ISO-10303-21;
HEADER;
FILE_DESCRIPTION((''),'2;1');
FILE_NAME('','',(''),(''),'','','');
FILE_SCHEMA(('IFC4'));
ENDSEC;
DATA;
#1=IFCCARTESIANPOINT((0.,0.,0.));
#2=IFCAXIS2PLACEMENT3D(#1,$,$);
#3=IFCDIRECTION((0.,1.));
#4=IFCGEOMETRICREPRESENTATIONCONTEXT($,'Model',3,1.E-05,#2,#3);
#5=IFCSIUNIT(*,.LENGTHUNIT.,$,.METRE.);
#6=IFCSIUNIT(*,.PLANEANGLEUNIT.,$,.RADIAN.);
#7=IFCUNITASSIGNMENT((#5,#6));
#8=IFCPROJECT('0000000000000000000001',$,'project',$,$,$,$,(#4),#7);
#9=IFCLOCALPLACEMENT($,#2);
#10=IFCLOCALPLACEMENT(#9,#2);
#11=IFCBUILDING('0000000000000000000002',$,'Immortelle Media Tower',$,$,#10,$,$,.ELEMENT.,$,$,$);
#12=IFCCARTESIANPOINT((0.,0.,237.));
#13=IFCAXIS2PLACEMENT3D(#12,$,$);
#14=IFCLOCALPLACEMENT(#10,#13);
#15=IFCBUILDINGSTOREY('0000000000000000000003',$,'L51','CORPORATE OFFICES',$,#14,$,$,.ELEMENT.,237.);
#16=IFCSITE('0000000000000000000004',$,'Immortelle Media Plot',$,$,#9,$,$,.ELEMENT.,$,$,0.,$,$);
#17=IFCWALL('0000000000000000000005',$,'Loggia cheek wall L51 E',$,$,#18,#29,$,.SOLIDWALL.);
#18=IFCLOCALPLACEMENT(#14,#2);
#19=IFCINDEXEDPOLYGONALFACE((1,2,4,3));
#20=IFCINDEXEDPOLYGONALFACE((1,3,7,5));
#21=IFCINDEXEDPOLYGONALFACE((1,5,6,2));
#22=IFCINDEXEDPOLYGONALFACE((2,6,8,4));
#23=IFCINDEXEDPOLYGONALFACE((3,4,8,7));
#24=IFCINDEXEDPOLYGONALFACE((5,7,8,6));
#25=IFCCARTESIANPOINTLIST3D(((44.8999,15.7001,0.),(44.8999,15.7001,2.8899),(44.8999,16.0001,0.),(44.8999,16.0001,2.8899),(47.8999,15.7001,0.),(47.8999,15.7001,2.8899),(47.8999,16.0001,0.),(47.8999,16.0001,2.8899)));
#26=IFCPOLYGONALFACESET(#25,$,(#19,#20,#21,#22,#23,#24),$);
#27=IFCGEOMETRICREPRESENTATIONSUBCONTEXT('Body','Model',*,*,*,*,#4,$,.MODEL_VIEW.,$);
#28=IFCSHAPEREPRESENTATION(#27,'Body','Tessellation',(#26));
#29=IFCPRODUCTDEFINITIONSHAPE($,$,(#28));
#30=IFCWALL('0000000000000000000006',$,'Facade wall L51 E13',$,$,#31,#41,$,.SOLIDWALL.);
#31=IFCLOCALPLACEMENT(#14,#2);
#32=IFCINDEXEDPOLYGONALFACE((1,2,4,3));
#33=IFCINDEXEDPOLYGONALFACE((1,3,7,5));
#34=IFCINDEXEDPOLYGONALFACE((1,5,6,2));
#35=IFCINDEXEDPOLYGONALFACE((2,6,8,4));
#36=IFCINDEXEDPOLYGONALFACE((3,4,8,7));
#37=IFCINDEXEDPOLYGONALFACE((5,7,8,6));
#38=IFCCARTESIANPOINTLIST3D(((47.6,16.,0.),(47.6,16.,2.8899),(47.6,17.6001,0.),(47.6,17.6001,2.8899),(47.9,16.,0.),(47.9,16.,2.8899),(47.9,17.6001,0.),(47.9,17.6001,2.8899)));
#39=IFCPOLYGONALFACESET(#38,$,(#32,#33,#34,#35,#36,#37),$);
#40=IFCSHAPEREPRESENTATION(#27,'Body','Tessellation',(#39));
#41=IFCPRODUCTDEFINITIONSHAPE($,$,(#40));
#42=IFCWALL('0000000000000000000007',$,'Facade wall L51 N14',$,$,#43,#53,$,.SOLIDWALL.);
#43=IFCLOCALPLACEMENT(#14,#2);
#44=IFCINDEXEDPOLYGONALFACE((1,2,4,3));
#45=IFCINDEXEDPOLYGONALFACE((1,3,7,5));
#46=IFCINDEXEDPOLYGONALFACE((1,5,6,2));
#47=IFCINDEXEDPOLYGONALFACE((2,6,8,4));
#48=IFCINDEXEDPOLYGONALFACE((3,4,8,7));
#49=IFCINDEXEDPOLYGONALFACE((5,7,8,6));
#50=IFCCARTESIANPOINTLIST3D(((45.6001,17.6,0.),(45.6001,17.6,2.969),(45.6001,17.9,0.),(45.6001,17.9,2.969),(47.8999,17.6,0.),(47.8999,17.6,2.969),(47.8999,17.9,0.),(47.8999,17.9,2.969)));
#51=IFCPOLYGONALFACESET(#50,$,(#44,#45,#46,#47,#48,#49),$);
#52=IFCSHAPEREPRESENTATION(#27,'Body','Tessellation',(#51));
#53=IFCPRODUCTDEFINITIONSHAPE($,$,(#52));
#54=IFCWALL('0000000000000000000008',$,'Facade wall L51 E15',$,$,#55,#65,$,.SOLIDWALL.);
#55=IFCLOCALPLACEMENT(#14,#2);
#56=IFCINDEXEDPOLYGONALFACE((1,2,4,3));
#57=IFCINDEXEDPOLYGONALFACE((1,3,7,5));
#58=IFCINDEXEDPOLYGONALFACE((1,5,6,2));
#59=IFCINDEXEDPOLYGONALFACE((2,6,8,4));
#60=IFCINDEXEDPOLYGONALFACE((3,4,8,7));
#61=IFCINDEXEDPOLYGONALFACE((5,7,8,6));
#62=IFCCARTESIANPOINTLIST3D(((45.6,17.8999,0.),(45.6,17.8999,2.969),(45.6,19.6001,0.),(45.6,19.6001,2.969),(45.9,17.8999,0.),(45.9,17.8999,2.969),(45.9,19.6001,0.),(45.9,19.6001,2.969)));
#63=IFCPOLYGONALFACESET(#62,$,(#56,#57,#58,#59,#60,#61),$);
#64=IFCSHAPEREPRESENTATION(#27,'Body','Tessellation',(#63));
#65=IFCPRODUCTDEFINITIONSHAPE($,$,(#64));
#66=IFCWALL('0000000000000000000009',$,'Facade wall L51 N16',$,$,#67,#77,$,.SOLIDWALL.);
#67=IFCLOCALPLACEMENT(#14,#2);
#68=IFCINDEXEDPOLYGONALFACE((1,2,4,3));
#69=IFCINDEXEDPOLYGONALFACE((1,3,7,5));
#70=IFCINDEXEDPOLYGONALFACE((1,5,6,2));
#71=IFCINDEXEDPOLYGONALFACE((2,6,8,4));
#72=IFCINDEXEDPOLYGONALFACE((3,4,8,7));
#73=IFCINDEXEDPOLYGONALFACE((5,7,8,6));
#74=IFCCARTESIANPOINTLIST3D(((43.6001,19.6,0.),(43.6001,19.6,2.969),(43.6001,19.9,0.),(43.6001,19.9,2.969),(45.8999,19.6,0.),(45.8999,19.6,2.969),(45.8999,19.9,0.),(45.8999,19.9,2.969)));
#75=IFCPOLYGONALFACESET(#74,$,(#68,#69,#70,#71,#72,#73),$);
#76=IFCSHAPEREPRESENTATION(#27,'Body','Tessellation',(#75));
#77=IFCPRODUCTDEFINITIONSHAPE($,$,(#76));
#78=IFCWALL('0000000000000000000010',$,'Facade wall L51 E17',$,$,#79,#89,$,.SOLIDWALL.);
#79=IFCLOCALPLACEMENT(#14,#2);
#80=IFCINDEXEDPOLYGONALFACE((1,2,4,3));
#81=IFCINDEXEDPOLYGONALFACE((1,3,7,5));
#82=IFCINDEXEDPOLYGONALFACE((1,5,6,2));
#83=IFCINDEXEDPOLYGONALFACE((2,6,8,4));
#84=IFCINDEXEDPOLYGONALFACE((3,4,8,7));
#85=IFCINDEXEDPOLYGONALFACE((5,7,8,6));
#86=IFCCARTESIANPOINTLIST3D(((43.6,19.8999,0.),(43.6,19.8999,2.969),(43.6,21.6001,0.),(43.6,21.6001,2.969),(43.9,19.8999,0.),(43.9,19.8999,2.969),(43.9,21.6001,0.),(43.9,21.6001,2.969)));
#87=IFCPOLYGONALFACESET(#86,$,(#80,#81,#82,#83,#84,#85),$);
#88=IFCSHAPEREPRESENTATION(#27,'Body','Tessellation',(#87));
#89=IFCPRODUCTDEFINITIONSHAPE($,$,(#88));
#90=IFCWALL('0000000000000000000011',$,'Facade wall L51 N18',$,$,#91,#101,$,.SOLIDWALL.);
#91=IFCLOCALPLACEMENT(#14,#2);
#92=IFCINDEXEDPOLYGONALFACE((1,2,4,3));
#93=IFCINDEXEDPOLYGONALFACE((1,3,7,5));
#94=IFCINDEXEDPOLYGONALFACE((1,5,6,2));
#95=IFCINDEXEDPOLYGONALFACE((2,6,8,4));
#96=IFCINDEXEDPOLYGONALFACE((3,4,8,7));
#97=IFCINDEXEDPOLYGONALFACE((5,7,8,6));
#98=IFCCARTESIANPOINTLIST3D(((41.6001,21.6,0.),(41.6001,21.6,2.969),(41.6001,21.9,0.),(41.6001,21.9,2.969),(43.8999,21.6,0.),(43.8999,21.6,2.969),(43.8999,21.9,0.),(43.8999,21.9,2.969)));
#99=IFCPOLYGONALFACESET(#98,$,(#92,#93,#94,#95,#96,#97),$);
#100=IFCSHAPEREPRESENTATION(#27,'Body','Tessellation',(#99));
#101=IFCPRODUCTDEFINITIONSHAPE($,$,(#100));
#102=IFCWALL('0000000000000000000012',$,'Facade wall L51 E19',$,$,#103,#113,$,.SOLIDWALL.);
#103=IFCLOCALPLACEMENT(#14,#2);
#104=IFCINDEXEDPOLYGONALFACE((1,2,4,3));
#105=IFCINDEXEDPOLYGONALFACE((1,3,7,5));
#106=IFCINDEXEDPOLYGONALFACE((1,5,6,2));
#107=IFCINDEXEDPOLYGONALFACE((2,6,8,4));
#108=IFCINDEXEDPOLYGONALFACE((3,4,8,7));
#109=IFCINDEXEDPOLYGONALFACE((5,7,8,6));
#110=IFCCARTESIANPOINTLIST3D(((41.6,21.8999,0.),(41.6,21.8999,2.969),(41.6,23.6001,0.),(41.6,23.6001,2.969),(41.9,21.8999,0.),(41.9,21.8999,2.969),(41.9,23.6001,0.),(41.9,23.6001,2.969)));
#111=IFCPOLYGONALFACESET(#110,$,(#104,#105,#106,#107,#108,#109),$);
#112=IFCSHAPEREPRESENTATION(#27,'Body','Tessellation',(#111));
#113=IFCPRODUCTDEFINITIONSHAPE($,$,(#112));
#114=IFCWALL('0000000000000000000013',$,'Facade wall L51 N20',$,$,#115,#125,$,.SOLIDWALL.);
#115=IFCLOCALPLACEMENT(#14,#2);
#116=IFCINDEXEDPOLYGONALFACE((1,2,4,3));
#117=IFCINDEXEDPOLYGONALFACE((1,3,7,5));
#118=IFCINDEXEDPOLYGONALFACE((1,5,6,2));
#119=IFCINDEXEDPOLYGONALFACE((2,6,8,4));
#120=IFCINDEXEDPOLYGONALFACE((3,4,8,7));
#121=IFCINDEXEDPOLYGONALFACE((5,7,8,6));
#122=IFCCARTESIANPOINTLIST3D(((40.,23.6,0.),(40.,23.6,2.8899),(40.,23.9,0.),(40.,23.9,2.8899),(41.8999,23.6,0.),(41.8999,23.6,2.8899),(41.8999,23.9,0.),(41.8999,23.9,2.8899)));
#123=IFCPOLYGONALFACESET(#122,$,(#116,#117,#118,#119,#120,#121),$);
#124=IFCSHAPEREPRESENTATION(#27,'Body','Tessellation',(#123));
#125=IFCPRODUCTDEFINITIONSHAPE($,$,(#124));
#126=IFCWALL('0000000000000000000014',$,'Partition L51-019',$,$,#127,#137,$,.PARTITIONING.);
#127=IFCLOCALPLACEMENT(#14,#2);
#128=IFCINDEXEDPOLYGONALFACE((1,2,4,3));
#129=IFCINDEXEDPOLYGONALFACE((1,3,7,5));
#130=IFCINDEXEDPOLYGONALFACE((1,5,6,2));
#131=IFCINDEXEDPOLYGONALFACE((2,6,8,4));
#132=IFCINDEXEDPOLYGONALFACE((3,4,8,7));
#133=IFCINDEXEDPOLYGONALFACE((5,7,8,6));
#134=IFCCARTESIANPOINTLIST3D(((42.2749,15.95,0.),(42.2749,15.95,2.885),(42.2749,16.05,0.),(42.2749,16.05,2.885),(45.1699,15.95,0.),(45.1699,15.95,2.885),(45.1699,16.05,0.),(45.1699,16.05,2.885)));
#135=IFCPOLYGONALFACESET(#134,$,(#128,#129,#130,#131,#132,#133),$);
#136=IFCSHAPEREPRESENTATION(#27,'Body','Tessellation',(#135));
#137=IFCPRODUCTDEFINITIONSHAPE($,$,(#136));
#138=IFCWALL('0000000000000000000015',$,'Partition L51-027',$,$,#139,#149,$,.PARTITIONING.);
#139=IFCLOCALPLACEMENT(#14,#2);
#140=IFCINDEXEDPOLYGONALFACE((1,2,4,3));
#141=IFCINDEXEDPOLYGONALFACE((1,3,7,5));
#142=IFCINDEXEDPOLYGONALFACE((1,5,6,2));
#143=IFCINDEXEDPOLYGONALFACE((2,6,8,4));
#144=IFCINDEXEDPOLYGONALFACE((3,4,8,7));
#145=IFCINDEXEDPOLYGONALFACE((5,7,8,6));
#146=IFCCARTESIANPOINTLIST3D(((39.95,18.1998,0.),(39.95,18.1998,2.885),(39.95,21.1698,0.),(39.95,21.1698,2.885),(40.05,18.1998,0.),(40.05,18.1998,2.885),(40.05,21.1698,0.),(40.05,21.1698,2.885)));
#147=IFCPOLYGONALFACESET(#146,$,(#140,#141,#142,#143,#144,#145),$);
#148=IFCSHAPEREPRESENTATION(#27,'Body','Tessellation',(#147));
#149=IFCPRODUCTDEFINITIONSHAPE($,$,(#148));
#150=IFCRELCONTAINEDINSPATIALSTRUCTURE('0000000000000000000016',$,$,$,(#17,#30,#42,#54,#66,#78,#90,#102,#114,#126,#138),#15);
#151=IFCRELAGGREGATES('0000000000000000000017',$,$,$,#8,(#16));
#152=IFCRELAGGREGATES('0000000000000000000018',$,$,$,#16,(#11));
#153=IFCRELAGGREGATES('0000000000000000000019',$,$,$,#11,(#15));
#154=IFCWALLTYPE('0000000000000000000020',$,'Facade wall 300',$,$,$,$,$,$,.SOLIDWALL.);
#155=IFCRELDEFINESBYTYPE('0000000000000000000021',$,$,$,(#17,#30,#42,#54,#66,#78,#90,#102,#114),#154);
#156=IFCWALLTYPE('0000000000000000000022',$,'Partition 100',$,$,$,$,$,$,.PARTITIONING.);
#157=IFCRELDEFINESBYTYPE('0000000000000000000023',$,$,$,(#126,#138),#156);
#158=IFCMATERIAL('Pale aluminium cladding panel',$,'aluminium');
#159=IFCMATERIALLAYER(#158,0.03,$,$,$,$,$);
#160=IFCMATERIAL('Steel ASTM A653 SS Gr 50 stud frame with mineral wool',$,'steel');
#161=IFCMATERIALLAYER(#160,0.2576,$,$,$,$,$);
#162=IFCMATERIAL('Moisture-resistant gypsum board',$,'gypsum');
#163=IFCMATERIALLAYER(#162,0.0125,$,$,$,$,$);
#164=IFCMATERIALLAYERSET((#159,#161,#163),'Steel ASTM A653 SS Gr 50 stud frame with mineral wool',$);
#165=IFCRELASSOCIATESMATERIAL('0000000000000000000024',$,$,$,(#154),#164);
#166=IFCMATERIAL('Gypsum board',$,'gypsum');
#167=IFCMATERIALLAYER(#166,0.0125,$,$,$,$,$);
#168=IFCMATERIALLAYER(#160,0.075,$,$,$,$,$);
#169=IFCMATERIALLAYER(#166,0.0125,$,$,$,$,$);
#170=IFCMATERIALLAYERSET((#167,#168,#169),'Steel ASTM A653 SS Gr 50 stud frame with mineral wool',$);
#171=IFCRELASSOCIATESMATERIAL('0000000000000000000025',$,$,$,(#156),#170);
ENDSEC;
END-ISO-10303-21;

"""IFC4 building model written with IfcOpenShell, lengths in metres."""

from ifc_helpers import new_model, si_unit, direction, frame, frame_2d, origin, place, context, subcontext, project, spatial, rectangle, extrude, material, layer, layer_set, type_object, element, save


model = new_model("IFC4")

# Units and contexts
model_context = context("Model", 3, precision=1e-05, world=origin(), true_north=direction((0.0, 1.0)))
body_context = subcontext(model_context, "Body", "Model", "MODEL_VIEW")
ifc_project = project(units=[si_unit("LENGTHUNIT", "METRE"), si_unit("PLANEANGLEUNIT", "RADIAN")], contexts=[model_context])

# Site, building, storey
site_placement = place(None, origin())
site = spatial("IfcSite", under=ifc_project, at=site_placement, Name="Immortelle Media Plot", CompositionType="ELEMENT", RefElevation=0.0)
building_placement = place(site_placement, origin())
building = spatial("IfcBuilding", under=site, at=building_placement, Name="Immortelle Media Tower", CompositionType="ELEMENT")
storey_placement = place(building_placement, frame((0.0, 0.0, 237.0)))
storey = spatial("IfcBuildingStorey", under=building, at=storey_placement, Name="L51", Description="CORPORATE OFFICES", CompositionType="ELEMENT", Elevation=237.0)

# Shared definitions
ifc_material_1 = material(Name="Steel ASTM A653 SS Gr 50 stud frame with mineral wool", Category="steel")

# Walls
ifc_material_2 = material(Name="Pale aluminium cladding panel", Category="aluminium")
ifc_layer_1 = layer(ifc_material_2, 0.03)
ifc_layer_2 = layer(ifc_material_1, 0.2576)
ifc_material_3 = material(Name="Moisture-resistant gypsum board", Category="gypsum")
ifc_layer_3 = layer(ifc_material_3, 0.0125)
ifc_layer_set_1 = layer_set([ifc_layer_1, ifc_layer_2, ifc_layer_3], Name="Steel ASTM A653 SS Gr 50 stud frame with mineral wool")
wall_type_1 = type_object("IfcWallType", Name="Facade wall 300", PredefinedType="SOLIDWALL", material=ifc_layer_set_1)
wall_1_placement = place(storey_placement, frame((47.8999, 15.8501, 0.0), z_axis=(0.0, 0.0, 1.0), x_axis=(-1.0, 0.0, 0.0)))
element("IfcWall", 1, at=wall_1_placement, inside=storey, type_object=wall_type_1, Name="Loggia cheek wall L51 E", PredefinedType="SOLIDWALL", context=body_context, shape_type="SweptSolid", body=[
    extrude(rectangle(XDim=3.0, YDim=0.3, at=frame_2d((1.5, 0.0))), origin(), (0.0, 0.0, 1.0), 2.8899),
])
wall_2_placement = place(storey_placement, frame((47.75, 16.0, 0.0), z_axis=(0.0, 0.0, 1.0), x_axis=(0.0, 1.0, 0.0)))
element("IfcWall", 2, at=wall_2_placement, inside=storey, type_object=wall_type_1, Name="Facade wall L51 E13", PredefinedType="SOLIDWALL", context=body_context, shape_type="SweptSolid", body=[
    extrude(rectangle(XDim=1.6001, YDim=0.3, at=frame_2d((0.8, 0.0))), origin(), (0.0, 0.0, 1.0), 2.8899),
])
wall_3_placement = place(storey_placement, frame((47.8999, 17.75, 0.0), z_axis=(0.0, 0.0, 1.0), x_axis=(-1.0, 0.0, 0.0)))
element("IfcWall", 3, at=wall_3_placement, inside=storey, type_object=wall_type_1, Name="Facade wall L51 N14", PredefinedType="SOLIDWALL", context=body_context, shape_type="SweptSolid", body=[
    extrude(rectangle(XDim=2.2998, YDim=0.3, at=frame_2d((1.1499, 0.0))), origin(), (0.0, 0.0, 1.0), 2.969),
])
wall_4_placement = place(storey_placement, frame((45.75, 17.8999, 0.0), z_axis=(0.0, 0.0, 1.0), x_axis=(0.0, 1.0, 0.0)))
element("IfcWall", 4, at=wall_4_placement, inside=storey, type_object=wall_type_1, Name="Facade wall L51 E15", PredefinedType="SOLIDWALL", context=body_context, shape_type="SweptSolid", body=[
    extrude(rectangle(XDim=1.7002, YDim=0.3, at=frame_2d((0.8501, 0.0))), origin(), (0.0, 0.0, 1.0), 2.969),
])
wall_5_placement = place(storey_placement, frame((45.8999, 19.75, 0.0), z_axis=(0.0, 0.0, 1.0), x_axis=(-1.0, 0.0, 0.0)))
element("IfcWall", 5, at=wall_5_placement, inside=storey, type_object=wall_type_1, Name="Facade wall L51 N16", PredefinedType="SOLIDWALL", context=body_context, shape_type="SweptSolid", body=[
    extrude(rectangle(XDim=2.2998, YDim=0.3, at=frame_2d((1.1499, 0.0))), origin(), (0.0, 0.0, 1.0), 2.969),
])
wall_6_placement = place(storey_placement, frame((43.75, 19.8999, 0.0), z_axis=(0.0, 0.0, 1.0), x_axis=(0.0, 1.0, 0.0)))
element("IfcWall", 6, at=wall_6_placement, inside=storey, type_object=wall_type_1, Name="Facade wall L51 E17", PredefinedType="SOLIDWALL", context=body_context, shape_type="SweptSolid", body=[
    extrude(rectangle(XDim=1.7002, YDim=0.3, at=frame_2d((0.8501, 0.0))), origin(), (0.0, 0.0, 1.0), 2.969),
])
wall_7_placement = place(storey_placement, frame((43.8999, 21.75, 0.0), z_axis=(0.0, 0.0, 1.0), x_axis=(-1.0, 0.0, 0.0)))
element("IfcWall", 7, at=wall_7_placement, inside=storey, type_object=wall_type_1, Name="Facade wall L51 N18", PredefinedType="SOLIDWALL", context=body_context, shape_type="SweptSolid", body=[
    extrude(rectangle(XDim=2.2998, YDim=0.3, at=frame_2d((1.1499, 0.0))), origin(), (0.0, 0.0, 1.0), 2.969),
])
wall_8_placement = place(storey_placement, frame((41.75, 21.8999, 0.0), z_axis=(0.0, 0.0, 1.0), x_axis=(0.0, 1.0, 0.0)))
element("IfcWall", 8, at=wall_8_placement, inside=storey, type_object=wall_type_1, Name="Facade wall L51 E19", PredefinedType="SOLIDWALL", context=body_context, shape_type="SweptSolid", body=[
    extrude(rectangle(XDim=1.7002, YDim=0.3, at=frame_2d((0.8501, 0.0))), origin(), (0.0, 0.0, 1.0), 2.969),
])
wall_9_placement = place(storey_placement, frame((41.8999, 23.75, 0.0), z_axis=(0.0, 0.0, 1.0), x_axis=(-1.0, 0.0, 0.0)))
element("IfcWall", 9, at=wall_9_placement, inside=storey, type_object=wall_type_1, Name="Facade wall L51 N20", PredefinedType="SOLIDWALL", context=body_context, shape_type="SweptSolid", body=[
    extrude(rectangle(XDim=1.8999, YDim=0.3, at=frame_2d((0.95, 0.0))), origin(), (0.0, 0.0, 1.0), 2.8899),
])
ifc_material_4 = material(Name="Gypsum board", Category="gypsum")
ifc_layer_4 = layer(ifc_material_4, 0.0125)
ifc_layer_5 = layer(ifc_material_1, 0.075)
ifc_layer_6 = layer(ifc_material_4, 0.0125)
ifc_layer_set_2 = layer_set([ifc_layer_4, ifc_layer_5, ifc_layer_6], Name="Steel ASTM A653 SS Gr 50 stud frame with mineral wool")
wall_type_2 = type_object("IfcWallType", Name="Partition 100", PredefinedType="PARTITIONING", material=ifc_layer_set_2)
wall_10_placement = place(storey_placement, frame((42.2749, 16.0, 0.0), z_axis=(0.0, 0.0, 1.0), x_axis=(1.0, 0.0, 0.0)))
element("IfcWall", 10, at=wall_10_placement, inside=storey, type_object=wall_type_2, Name="Partition L51-019", PredefinedType="PARTITIONING", context=body_context, shape_type="SweptSolid", body=[
    extrude(rectangle(XDim=2.895, YDim=0.1001, at=frame_2d((1.4475, 0.0))), origin(), (0.0, 0.0, 1.0), 2.885),
])
wall_11_placement = place(storey_placement, frame((40.0, 18.2, 0.0), z_axis=(0.0, 0.0, 1.0), x_axis=(0.0, 1.0, 0.0)))
element("IfcWall", 11, at=wall_11_placement, inside=storey, type_object=wall_type_2, Name="Partition L51-027", PredefinedType="PARTITIONING", context=body_context, shape_type="SweptSolid", body=[
    extrude(rectangle(XDim=2.97, YDim=0.1001, at=frame_2d((1.4849, 0.0))), origin(), (0.0, 0.0, 1.0), 2.885),
])

save(model, "model.ifc")
